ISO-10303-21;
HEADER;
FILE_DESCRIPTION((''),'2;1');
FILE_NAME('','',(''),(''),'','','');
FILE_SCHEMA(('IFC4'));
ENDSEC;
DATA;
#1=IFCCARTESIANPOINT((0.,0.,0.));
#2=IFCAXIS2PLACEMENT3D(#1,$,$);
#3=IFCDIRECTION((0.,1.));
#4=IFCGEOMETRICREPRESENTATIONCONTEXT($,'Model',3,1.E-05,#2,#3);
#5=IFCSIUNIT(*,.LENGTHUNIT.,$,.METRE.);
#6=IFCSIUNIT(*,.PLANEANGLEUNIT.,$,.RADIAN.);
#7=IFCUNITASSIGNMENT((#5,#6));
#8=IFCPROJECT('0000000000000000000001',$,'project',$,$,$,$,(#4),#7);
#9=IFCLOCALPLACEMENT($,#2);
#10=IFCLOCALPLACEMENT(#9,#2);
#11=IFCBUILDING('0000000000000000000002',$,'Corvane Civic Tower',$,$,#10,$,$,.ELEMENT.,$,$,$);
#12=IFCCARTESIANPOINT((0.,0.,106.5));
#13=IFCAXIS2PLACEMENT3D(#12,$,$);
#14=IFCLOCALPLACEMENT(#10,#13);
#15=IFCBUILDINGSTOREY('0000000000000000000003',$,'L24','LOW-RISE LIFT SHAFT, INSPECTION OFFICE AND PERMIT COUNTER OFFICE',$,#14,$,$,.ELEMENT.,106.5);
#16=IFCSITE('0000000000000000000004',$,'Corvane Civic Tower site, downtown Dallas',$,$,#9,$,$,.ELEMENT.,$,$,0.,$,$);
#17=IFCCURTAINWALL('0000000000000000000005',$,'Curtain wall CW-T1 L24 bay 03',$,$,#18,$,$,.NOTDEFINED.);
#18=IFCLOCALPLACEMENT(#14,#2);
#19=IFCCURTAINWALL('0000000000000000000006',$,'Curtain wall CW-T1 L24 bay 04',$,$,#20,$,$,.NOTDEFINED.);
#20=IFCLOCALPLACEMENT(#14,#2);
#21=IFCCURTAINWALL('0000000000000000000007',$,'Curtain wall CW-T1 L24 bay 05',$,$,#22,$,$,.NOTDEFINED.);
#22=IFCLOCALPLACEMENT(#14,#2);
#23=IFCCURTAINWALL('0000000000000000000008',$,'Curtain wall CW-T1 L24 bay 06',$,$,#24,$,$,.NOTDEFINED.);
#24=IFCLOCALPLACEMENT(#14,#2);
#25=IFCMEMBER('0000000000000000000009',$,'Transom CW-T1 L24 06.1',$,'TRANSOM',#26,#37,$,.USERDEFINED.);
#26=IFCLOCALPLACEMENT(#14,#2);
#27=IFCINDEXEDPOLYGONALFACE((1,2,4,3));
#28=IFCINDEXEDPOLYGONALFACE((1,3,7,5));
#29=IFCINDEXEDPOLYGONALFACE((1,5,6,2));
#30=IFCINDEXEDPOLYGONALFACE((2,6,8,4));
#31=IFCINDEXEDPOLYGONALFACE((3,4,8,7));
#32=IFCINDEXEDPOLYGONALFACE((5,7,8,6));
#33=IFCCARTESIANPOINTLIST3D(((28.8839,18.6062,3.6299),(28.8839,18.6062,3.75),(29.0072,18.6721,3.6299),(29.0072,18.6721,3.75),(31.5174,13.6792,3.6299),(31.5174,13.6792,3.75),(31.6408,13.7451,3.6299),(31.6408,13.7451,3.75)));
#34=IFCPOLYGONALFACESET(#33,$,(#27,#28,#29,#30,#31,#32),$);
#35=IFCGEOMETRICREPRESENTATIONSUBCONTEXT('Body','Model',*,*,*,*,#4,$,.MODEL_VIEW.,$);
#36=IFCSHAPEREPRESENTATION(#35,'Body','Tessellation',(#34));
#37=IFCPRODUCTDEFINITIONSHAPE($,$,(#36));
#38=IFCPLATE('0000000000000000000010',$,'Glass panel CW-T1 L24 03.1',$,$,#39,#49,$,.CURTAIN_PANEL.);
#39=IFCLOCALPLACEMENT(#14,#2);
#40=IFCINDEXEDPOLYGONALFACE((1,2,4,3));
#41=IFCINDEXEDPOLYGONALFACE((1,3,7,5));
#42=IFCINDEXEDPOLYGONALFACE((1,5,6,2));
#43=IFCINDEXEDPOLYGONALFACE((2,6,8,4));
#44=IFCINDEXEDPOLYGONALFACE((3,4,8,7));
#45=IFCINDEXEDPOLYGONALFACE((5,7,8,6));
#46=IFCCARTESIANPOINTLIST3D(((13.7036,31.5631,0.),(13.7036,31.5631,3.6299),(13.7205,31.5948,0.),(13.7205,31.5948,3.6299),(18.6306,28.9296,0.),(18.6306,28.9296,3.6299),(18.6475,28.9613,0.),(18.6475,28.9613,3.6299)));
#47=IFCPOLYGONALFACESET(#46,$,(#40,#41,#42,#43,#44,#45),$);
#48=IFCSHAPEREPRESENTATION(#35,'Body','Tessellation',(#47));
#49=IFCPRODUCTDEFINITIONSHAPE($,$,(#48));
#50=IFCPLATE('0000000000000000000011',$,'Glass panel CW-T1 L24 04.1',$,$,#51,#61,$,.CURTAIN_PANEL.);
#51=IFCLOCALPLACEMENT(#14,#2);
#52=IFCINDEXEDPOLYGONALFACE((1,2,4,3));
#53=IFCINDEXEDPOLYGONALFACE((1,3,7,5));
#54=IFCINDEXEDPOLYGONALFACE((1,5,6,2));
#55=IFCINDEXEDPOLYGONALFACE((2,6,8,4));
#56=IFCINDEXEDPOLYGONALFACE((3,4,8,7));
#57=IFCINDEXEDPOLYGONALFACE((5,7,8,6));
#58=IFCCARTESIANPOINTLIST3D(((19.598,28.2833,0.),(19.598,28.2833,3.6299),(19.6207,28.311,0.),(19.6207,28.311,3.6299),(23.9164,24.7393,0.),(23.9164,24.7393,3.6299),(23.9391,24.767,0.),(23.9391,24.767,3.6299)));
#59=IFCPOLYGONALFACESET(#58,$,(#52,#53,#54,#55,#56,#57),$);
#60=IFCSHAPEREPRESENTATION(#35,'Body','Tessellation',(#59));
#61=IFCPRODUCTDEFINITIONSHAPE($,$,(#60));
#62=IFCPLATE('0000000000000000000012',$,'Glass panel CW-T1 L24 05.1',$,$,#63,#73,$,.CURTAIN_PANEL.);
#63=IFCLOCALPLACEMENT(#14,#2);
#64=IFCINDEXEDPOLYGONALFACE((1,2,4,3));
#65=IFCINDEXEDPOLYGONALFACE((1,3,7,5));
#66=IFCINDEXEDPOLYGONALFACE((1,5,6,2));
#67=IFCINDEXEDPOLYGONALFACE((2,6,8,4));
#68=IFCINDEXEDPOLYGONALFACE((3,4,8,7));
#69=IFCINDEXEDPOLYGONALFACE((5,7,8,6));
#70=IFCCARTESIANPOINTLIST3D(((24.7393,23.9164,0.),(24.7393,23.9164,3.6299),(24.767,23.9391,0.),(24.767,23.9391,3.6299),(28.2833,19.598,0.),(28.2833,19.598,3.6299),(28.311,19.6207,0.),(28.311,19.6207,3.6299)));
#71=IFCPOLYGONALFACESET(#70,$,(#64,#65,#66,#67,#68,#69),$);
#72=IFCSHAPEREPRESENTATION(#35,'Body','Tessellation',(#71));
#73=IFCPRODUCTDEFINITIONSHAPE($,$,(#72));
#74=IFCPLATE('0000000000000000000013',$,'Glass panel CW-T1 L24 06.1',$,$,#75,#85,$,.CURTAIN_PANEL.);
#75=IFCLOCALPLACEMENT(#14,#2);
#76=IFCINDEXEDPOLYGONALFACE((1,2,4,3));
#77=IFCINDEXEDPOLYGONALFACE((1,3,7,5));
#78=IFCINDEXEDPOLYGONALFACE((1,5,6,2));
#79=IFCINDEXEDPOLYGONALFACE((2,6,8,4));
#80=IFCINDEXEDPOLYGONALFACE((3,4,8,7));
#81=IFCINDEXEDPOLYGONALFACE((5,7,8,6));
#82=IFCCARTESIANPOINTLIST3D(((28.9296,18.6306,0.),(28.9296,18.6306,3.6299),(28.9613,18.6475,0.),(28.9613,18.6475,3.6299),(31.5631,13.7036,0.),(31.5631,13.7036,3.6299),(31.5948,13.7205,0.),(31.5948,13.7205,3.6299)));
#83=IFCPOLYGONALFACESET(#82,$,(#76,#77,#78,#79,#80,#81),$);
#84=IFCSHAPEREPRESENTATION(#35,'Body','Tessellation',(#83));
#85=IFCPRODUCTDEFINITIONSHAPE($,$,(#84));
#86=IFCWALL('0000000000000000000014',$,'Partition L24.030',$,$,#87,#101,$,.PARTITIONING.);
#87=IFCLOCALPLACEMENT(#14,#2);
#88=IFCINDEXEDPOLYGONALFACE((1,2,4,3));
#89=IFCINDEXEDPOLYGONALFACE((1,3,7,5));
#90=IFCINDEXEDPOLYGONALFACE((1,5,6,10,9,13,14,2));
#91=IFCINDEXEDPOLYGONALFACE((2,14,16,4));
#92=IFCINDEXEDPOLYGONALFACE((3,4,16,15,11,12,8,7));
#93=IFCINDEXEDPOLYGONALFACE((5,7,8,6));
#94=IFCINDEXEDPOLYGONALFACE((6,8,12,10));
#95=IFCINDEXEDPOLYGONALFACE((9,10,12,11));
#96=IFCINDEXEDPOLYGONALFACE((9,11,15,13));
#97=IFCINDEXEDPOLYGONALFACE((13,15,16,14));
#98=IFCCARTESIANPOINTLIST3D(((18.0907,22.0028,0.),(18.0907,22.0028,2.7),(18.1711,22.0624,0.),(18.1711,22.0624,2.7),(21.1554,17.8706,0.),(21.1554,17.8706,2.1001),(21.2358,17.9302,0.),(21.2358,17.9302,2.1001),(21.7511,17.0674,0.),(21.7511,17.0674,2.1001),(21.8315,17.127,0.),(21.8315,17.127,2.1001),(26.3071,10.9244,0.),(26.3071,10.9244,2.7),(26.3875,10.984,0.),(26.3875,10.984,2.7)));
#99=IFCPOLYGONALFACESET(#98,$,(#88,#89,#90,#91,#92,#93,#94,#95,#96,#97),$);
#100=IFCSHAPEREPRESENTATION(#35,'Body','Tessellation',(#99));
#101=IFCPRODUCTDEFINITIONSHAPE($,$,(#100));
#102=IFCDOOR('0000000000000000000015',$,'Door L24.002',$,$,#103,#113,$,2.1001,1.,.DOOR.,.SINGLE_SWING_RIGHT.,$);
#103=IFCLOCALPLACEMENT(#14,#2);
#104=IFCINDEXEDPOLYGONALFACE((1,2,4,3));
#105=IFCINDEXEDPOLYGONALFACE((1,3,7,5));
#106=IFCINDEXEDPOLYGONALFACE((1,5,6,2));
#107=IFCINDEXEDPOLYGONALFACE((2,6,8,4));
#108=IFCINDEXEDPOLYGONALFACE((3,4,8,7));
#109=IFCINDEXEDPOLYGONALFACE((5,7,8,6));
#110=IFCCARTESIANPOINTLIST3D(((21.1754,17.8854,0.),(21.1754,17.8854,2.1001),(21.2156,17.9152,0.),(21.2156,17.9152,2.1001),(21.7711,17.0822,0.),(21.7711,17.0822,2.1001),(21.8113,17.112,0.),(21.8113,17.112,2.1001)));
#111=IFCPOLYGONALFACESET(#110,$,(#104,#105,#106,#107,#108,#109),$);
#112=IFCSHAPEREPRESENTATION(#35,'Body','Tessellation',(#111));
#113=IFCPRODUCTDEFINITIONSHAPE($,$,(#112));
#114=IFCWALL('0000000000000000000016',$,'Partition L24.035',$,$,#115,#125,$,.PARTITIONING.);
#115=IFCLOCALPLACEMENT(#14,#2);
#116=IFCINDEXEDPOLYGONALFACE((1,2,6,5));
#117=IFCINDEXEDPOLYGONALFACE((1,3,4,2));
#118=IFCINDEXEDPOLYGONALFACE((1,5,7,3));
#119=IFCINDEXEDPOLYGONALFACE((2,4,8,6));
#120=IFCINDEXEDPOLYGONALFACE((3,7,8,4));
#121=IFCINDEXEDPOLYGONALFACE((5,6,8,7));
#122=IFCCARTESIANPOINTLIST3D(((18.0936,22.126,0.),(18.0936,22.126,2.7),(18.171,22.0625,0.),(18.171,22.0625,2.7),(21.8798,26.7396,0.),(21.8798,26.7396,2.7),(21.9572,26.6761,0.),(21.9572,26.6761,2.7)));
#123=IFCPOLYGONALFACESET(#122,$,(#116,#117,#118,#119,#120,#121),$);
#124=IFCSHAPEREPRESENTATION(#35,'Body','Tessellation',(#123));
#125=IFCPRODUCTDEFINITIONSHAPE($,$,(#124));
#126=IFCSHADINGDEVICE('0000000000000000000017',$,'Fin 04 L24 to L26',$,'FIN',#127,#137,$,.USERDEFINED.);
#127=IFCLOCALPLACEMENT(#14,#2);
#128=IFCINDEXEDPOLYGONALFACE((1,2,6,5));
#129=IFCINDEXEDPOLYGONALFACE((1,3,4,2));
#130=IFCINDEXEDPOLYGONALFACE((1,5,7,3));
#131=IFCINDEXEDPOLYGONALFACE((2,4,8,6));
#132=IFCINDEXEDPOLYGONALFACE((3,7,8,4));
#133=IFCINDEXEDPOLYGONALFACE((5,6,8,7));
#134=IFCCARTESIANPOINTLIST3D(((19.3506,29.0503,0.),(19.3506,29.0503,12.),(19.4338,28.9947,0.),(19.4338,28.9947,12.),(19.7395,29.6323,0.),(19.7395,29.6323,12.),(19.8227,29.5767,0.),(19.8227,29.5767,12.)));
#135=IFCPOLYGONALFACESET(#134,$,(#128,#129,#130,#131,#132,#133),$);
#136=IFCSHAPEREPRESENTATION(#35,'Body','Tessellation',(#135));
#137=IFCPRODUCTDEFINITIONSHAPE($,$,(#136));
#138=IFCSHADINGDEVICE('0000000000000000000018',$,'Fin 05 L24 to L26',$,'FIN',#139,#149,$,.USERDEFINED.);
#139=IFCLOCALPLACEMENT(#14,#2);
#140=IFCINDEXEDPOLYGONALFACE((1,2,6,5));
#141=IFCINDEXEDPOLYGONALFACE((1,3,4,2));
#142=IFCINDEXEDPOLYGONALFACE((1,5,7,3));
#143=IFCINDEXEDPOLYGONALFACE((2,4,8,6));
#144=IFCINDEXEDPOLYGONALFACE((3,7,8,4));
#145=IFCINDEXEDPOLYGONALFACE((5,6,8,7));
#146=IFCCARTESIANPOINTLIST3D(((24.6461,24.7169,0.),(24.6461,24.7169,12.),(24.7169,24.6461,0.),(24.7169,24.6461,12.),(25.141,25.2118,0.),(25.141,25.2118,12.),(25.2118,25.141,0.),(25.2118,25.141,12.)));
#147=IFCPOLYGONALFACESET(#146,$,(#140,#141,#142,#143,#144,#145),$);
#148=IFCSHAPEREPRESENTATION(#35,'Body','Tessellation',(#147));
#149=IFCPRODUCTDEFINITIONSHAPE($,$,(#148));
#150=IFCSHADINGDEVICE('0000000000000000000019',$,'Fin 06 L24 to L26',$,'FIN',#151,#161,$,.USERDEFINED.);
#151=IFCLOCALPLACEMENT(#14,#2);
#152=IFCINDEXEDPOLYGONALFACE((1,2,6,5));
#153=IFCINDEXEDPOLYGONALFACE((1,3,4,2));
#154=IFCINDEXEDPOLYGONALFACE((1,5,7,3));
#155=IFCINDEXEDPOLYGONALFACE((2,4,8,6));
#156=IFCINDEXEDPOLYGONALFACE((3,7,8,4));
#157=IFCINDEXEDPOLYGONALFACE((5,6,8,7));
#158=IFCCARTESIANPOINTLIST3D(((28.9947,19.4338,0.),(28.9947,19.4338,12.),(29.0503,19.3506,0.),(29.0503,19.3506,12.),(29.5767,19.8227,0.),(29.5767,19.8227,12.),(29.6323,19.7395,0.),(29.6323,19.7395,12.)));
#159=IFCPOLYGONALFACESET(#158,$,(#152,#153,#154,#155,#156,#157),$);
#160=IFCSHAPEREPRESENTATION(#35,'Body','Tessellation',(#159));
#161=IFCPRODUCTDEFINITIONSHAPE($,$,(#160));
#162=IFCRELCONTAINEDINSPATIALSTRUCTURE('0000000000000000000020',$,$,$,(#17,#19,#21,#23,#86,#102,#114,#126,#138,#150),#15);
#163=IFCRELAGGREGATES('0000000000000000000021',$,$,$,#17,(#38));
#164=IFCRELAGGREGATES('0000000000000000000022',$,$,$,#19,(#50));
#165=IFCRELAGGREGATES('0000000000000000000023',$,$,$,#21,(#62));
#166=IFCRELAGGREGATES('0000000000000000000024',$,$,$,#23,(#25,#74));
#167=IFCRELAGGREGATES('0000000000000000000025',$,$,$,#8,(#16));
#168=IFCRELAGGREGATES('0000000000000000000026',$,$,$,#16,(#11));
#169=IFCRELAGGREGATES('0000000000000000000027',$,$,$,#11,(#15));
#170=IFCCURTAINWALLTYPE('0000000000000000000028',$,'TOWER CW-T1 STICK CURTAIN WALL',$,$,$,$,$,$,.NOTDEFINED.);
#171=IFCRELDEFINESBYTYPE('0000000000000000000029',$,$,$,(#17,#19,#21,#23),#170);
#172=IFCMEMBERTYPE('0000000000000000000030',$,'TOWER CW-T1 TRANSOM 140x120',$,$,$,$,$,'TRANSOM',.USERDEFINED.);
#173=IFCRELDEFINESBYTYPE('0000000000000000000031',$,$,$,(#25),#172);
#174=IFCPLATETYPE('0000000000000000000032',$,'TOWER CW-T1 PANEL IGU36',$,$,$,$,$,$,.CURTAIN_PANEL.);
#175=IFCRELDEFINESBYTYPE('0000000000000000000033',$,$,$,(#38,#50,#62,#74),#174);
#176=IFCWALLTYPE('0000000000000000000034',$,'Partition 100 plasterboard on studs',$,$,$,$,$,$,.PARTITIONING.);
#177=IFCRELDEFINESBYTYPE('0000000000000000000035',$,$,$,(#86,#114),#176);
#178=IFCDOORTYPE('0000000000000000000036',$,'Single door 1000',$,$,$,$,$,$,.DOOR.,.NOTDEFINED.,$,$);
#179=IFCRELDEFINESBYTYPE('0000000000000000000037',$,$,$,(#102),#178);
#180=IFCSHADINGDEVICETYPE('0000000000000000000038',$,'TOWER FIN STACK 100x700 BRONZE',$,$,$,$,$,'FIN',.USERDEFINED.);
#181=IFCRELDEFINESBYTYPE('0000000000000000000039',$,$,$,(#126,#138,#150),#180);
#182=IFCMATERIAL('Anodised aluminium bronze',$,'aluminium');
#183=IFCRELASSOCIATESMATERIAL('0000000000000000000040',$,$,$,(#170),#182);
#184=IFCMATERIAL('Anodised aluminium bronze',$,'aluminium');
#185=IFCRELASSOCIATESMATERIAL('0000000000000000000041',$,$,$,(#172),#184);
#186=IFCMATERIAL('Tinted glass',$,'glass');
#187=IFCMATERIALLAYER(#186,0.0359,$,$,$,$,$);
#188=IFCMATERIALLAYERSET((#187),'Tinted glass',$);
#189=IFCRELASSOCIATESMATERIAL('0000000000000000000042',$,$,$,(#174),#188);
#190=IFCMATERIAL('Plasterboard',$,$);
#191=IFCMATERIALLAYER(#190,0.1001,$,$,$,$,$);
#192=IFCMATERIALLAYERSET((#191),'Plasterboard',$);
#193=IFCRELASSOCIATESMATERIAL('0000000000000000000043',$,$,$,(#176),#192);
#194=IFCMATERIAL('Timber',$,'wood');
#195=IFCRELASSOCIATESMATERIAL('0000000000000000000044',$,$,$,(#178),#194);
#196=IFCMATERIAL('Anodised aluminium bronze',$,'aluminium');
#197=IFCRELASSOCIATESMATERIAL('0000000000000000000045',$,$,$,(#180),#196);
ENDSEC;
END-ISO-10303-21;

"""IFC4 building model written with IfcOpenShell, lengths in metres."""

from ifc_helpers import new_model, si_unit, direction, frame, frame_2d, origin, origin_2d, place, context, subcontext, project, spatial, rectangle, extrude, material, layer, layer_set, material_profile, profile_set, type_object, element, fill, aggregate, save


model = new_model("IFC4")

# Units and contexts
model_context = context("Model", 3, precision=1e-05, world=origin(), true_north=direction((0.0, 1.0)))
body_context = subcontext(model_context, "Body", "Model", "MODEL_VIEW")
ifc_project = project(units=[si_unit("LENGTHUNIT", "METRE"), si_unit("PLANEANGLEUNIT", "RADIAN")], contexts=[model_context])

# Site, building, storey
site_placement = place(None, origin())
site = spatial("IfcSite", under=ifc_project, at=site_placement, Name="Corvane Civic Tower site, downtown Dallas", CompositionType="ELEMENT", RefElevation=0.0)
building_placement = place(site_placement, origin())
building = spatial("IfcBuilding", under=site, at=building_placement, Name="Corvane Civic Tower", CompositionType="ELEMENT")
storey_placement = place(building_placement, frame((0.0, 0.0, 106.5)))
storey = spatial("IfcBuildingStorey", under=building, at=storey_placement, Name="L24", Description="LOW-RISE LIFT SHAFT, INSPECTION OFFICE AND PERMIT COUNTER OFFICE", CompositionType="ELEMENT", Elevation=106.5)

# Curtain walls, member
ifc_material_1 = material(Name="Anodised aluminium bronze", Category="aluminium")
curtain_wall_type = type_object("IfcCurtainWallType", Name="TOWER CW-T1 STICK CURTAIN WALL", PredefinedType="NOTDEFINED", material=ifc_material_1)
curtain_wall_1_placement = place(storey_placement, origin())
curtain_wall_1 = element("IfcCurtainWall", 1, at=curtain_wall_1_placement, inside=storey, type_object=curtain_wall_type, Name="Curtain wall CW-T1 L24 bay 03", PredefinedType="NOTDEFINED")
ifc_material_2 = material(Name="Anodised aluminium bronze", Category="aluminium")
ifc_material_profile_1 = material_profile(ifc_material_2, rectangle(XDim=0.1399, YDim=0.1201, at=origin_2d()), Name="TOWER CW-T1 TRANSOM 140x120")
ifc_profile_set_1 = profile_set([ifc_material_profile_1], Name="Anodised aluminium bronze")
member_type = type_object("IfcMemberType", Name="TOWER CW-T1 TRANSOM 140x120", ElementType="TRANSOM", PredefinedType="USERDEFINED", material=ifc_profile_set_1)
curtain_wall_2_placement = place(storey_placement, origin())
curtain_wall_2 = element("IfcCurtainWall", 2, at=curtain_wall_2_placement, inside=storey, type_object=curtain_wall_type, Name="Curtain wall CW-T1 L24 bay 04", PredefinedType="NOTDEFINED")
curtain_wall_3_placement = place(storey_placement, origin())
curtain_wall_3 = element("IfcCurtainWall", 3, at=curtain_wall_3_placement, inside=storey, type_object=curtain_wall_type, Name="Curtain wall CW-T1 L24 bay 05", PredefinedType="NOTDEFINED")
curtain_wall_4_placement = place(storey_placement, origin())
curtain_wall_4 = element("IfcCurtainWall", 4, at=curtain_wall_4_placement, inside=storey, type_object=curtain_wall_type, Name="Curtain wall CW-T1 L24 bay 06", PredefinedType="NOTDEFINED")
member_1_placement = place(storey_placement, frame((28.9456, 18.6392, 3.6899), z_axis=(0.471398, -0.881921, 0.0), x_axis=(0.881921, 0.471398, 0.0)))
member_1 = element("IfcMember", 5, at=member_1_placement, type_object=member_type, Name="Transom CW-T1 L24 06.1", ObjectType="TRANSOM", PredefinedType="USERDEFINED", context=body_context, shape_type="SweptSolid", body=[
    extrude(rectangle(XDim=0.1399, YDim=0.1201, at=origin_2d()), origin(), (0.0, 0.0, 1.0), 5.5867),
])

# Plates
ifc_material_3 = material(Name="Tinted glass", Category="glass")
ifc_layer_1 = layer(ifc_material_3, 0.0359)
ifc_layer_set_1 = layer_set([ifc_layer_1], Name="Tinted glass")
plate_type = type_object("IfcPlateType", Name="TOWER CW-T1 PANEL IGU36", PredefinedType="CURTAIN_PANEL", material=ifc_layer_set_1)
plate_1_placement = place(storey_placement, frame((16.1755, 30.2622, 0.0), z_axis=(0.0, 0.0, 1.0), x_axis=(0.881924, -0.471392, 0.0)))
plate_1 = element("IfcPlate", 6, at=plate_1_placement, type_object=plate_type, Name="Glass panel CW-T1 L24 03.1", PredefinedType="CURTAIN_PANEL", context=body_context, shape_type="SweptSolid", body=[
    extrude(rectangle(XDim=5.5867, YDim=0.0359, at=origin_2d()), origin(), (0.0, 0.0, 1.0), 3.6299),
])
aggregate(curtain_wall_1, [plate_1])
plate_2_placement = place(storey_placement, frame((21.7686, 26.5251, 0.0), z_axis=(0.0, 0.0, 1.0), x_axis=(0.773013, -0.63439, 0.0)))
plate_2 = element("IfcPlate", 7, at=plate_2_placement, type_object=plate_type, Name="Glass panel CW-T1 L24 04.1", PredefinedType="CURTAIN_PANEL", context=body_context, shape_type="SweptSolid", body=[
    extrude(rectangle(XDim=5.5864, YDim=0.0359, at=origin_2d()), origin(), (0.0, 0.0, 1.0), 3.6299),
])
aggregate(curtain_wall_2, [plate_2])
plate_3_placement = place(storey_placement, frame((26.5251, 21.7686, 0.0), z_axis=(0.0, 0.0, 1.0), x_axis=(0.63439, -0.773013, 0.0)))
plate_3 = element("IfcPlate", 8, at=plate_3_placement, type_object=plate_type, Name="Glass panel CW-T1 L24 05.1", PredefinedType="CURTAIN_PANEL", context=body_context, shape_type="SweptSolid", body=[
    extrude(rectangle(XDim=5.5864, YDim=0.0359, at=origin_2d()), origin(), (0.0, 0.0, 1.0), 3.6299),
])
aggregate(curtain_wall_3, [plate_3])
plate_4_placement = place(storey_placement, frame((30.2622, 16.1755, 0.0), z_axis=(0.0, 0.0, 1.0), x_axis=(0.471392, -0.881924, 0.0)))
plate_4 = element("IfcPlate", 9, at=plate_4_placement, type_object=plate_type, Name="Glass panel CW-T1 L24 06.1", PredefinedType="CURTAIN_PANEL", context=body_context, shape_type="SweptSolid", body=[
    extrude(rectangle(XDim=5.5867, YDim=0.0359, at=origin_2d()), origin(), (0.0, 0.0, 1.0), 3.6299),
])
aggregate(curtain_wall_4, [member_1, plate_4])

# Wall, opening, door
ifc_material_4 = material(Name="Plasterboard")
ifc_layer_2 = layer(ifc_material_4, 0.1001)
ifc_layer_set_2 = layer_set([ifc_layer_2], Name="Plasterboard")
wall_type = type_object("IfcWallType", Name="Partition 100 plasterboard on studs", PredefinedType="PARTITIONING", material=ifc_layer_set_2)
wall_1_placement = place(storey_placement, frame((18.1309, 22.0327, 0.0), z_axis=(0.0, 0.0, 1.0), x_axis=(0.595701, -0.803206, 0.0)))
wall_1 = element("IfcWall", 10, at=wall_1_placement, inside=storey, type_object=wall_type, Name="Partition L24.030", PredefinedType="PARTITIONING", context=body_context, shape_type="SweptSolid", body=[
    extrude(rectangle(XDim=13.7927, YDim=0.1001, at=frame_2d((6.8965, 0.0))), origin(), (0.0, 0.0, 1.0), 2.7),
])
opening_placement = place(wall_1_placement, frame((5.1448, 0.0, 0.0)))
opening = element("IfcOpeningElement", 11, at=opening_placement, cuts=wall_1, PredefinedType="OPENING", context=body_context, shape_type="SweptSolid", body=[
    extrude(rectangle(XDim=1.0, YDim=2.1001, at=frame_2d((0.5, 1.05))), frame((0.0, 0.0601, 0.0), z_axis=(0.0, -1.0, 0.0), x_axis=(1.0, 0.0, 0.0)), (0.0, 0.0, 1.0), 0.1201),
])
ifc_material_5 = material(Name="Timber", Category="wood")
door_type = type_object("IfcDoorType", Name="Single door 1000", OperationType="NOTDEFINED", PredefinedType="DOOR", material=ifc_material_5)
door_placement = place(opening_placement, origin())
door = element("IfcDoor", 12, at=door_placement, inside=storey, type_object=door_type, Name="Door L24.002", OperationType="SINGLE_SWING_RIGHT", OverallHeight=2.1001, OverallWidth=1.0, PredefinedType="DOOR", context=body_context, shape_type="SweptSolid", body=[
    extrude(rectangle(XDim=1.0, YDim=2.1001, at=frame_2d((0.5, 1.05))), frame((0.0, 0.0249, 0.0), z_axis=(0.0, -1.0, 0.0), x_axis=(1.0, 0.0, 0.0)), (0.0, 0.0, 1.0), 0.05),
])
fill(opening, door)

# Wall
wall_2_placement = place(storey_placement, frame((18.1323, 22.0942, 0.0), z_axis=(0.0, 0.0, 1.0), x_axis=(0.634384, 0.773018, 0.0)))
element("IfcWall", 13, at=wall_2_placement, inside=storey, type_object=wall_type, Name="Partition L24.035", PredefinedType="PARTITIONING", context=body_context, shape_type="SweptSolid", body=[
    extrude(rectangle(XDim=5.9683, YDim=0.1001, at=frame_2d((2.9841, 0.0))), origin(), (0.0, 0.0, 1.0), 2.7),
])

# Shading devices
ifc_material_6 = material(Name="Anodised aluminium bronze", Category="aluminium")
ifc_material_profile_2 = material_profile(ifc_material_6, rectangle(XDim=0.1001, YDim=0.7, at=origin_2d()), Name="TOWER FIN STACK 100x700 BRONZE")
ifc_profile_set_2 = profile_set([ifc_material_profile_2], Name="Anodised aluminium bronze")
shading_device_type = type_object("IfcShadingDeviceType", Name="TOWER FIN STACK 100x700 BRONZE", ElementType="FIN", PredefinedType="USERDEFINED", material=ifc_profile_set_2)
for number, where, z_axis, x_axis, name in (
    (14, (19.5867, 29.3135, 0.0), (0.0, 0.0, 1.0), (0.83147, -0.55557, 0.0), "Fin 04 L24 to L26"),
    (15, (24.929, 24.929, 0.0), (0.0, 0.0, 1.0), (0.707107, -0.707107, 0.0), "Fin 05 L24 to L26"),
    (16, (29.3135, 19.5867, 0.0), (0.0, 0.0, 1.0), (0.55557, -0.83147, 0.0), "Fin 06 L24 to L26"),
):
    element("IfcShadingDevice", number, at=place(storey_placement, frame(where, z_axis=z_axis, x_axis=x_axis)), inside=storey, type_object=shading_device_type, Name=name, ObjectType="FIN", PredefinedType="USERDEFINED", context=body_context, shape_type="SweptSolid", body=[
        extrude(rectangle(XDim=0.1001, YDim=0.7, at=origin_2d()), origin(), (0.0, 0.0, 1.0), 12.0),
    ])

save(model, "model.ifc")
